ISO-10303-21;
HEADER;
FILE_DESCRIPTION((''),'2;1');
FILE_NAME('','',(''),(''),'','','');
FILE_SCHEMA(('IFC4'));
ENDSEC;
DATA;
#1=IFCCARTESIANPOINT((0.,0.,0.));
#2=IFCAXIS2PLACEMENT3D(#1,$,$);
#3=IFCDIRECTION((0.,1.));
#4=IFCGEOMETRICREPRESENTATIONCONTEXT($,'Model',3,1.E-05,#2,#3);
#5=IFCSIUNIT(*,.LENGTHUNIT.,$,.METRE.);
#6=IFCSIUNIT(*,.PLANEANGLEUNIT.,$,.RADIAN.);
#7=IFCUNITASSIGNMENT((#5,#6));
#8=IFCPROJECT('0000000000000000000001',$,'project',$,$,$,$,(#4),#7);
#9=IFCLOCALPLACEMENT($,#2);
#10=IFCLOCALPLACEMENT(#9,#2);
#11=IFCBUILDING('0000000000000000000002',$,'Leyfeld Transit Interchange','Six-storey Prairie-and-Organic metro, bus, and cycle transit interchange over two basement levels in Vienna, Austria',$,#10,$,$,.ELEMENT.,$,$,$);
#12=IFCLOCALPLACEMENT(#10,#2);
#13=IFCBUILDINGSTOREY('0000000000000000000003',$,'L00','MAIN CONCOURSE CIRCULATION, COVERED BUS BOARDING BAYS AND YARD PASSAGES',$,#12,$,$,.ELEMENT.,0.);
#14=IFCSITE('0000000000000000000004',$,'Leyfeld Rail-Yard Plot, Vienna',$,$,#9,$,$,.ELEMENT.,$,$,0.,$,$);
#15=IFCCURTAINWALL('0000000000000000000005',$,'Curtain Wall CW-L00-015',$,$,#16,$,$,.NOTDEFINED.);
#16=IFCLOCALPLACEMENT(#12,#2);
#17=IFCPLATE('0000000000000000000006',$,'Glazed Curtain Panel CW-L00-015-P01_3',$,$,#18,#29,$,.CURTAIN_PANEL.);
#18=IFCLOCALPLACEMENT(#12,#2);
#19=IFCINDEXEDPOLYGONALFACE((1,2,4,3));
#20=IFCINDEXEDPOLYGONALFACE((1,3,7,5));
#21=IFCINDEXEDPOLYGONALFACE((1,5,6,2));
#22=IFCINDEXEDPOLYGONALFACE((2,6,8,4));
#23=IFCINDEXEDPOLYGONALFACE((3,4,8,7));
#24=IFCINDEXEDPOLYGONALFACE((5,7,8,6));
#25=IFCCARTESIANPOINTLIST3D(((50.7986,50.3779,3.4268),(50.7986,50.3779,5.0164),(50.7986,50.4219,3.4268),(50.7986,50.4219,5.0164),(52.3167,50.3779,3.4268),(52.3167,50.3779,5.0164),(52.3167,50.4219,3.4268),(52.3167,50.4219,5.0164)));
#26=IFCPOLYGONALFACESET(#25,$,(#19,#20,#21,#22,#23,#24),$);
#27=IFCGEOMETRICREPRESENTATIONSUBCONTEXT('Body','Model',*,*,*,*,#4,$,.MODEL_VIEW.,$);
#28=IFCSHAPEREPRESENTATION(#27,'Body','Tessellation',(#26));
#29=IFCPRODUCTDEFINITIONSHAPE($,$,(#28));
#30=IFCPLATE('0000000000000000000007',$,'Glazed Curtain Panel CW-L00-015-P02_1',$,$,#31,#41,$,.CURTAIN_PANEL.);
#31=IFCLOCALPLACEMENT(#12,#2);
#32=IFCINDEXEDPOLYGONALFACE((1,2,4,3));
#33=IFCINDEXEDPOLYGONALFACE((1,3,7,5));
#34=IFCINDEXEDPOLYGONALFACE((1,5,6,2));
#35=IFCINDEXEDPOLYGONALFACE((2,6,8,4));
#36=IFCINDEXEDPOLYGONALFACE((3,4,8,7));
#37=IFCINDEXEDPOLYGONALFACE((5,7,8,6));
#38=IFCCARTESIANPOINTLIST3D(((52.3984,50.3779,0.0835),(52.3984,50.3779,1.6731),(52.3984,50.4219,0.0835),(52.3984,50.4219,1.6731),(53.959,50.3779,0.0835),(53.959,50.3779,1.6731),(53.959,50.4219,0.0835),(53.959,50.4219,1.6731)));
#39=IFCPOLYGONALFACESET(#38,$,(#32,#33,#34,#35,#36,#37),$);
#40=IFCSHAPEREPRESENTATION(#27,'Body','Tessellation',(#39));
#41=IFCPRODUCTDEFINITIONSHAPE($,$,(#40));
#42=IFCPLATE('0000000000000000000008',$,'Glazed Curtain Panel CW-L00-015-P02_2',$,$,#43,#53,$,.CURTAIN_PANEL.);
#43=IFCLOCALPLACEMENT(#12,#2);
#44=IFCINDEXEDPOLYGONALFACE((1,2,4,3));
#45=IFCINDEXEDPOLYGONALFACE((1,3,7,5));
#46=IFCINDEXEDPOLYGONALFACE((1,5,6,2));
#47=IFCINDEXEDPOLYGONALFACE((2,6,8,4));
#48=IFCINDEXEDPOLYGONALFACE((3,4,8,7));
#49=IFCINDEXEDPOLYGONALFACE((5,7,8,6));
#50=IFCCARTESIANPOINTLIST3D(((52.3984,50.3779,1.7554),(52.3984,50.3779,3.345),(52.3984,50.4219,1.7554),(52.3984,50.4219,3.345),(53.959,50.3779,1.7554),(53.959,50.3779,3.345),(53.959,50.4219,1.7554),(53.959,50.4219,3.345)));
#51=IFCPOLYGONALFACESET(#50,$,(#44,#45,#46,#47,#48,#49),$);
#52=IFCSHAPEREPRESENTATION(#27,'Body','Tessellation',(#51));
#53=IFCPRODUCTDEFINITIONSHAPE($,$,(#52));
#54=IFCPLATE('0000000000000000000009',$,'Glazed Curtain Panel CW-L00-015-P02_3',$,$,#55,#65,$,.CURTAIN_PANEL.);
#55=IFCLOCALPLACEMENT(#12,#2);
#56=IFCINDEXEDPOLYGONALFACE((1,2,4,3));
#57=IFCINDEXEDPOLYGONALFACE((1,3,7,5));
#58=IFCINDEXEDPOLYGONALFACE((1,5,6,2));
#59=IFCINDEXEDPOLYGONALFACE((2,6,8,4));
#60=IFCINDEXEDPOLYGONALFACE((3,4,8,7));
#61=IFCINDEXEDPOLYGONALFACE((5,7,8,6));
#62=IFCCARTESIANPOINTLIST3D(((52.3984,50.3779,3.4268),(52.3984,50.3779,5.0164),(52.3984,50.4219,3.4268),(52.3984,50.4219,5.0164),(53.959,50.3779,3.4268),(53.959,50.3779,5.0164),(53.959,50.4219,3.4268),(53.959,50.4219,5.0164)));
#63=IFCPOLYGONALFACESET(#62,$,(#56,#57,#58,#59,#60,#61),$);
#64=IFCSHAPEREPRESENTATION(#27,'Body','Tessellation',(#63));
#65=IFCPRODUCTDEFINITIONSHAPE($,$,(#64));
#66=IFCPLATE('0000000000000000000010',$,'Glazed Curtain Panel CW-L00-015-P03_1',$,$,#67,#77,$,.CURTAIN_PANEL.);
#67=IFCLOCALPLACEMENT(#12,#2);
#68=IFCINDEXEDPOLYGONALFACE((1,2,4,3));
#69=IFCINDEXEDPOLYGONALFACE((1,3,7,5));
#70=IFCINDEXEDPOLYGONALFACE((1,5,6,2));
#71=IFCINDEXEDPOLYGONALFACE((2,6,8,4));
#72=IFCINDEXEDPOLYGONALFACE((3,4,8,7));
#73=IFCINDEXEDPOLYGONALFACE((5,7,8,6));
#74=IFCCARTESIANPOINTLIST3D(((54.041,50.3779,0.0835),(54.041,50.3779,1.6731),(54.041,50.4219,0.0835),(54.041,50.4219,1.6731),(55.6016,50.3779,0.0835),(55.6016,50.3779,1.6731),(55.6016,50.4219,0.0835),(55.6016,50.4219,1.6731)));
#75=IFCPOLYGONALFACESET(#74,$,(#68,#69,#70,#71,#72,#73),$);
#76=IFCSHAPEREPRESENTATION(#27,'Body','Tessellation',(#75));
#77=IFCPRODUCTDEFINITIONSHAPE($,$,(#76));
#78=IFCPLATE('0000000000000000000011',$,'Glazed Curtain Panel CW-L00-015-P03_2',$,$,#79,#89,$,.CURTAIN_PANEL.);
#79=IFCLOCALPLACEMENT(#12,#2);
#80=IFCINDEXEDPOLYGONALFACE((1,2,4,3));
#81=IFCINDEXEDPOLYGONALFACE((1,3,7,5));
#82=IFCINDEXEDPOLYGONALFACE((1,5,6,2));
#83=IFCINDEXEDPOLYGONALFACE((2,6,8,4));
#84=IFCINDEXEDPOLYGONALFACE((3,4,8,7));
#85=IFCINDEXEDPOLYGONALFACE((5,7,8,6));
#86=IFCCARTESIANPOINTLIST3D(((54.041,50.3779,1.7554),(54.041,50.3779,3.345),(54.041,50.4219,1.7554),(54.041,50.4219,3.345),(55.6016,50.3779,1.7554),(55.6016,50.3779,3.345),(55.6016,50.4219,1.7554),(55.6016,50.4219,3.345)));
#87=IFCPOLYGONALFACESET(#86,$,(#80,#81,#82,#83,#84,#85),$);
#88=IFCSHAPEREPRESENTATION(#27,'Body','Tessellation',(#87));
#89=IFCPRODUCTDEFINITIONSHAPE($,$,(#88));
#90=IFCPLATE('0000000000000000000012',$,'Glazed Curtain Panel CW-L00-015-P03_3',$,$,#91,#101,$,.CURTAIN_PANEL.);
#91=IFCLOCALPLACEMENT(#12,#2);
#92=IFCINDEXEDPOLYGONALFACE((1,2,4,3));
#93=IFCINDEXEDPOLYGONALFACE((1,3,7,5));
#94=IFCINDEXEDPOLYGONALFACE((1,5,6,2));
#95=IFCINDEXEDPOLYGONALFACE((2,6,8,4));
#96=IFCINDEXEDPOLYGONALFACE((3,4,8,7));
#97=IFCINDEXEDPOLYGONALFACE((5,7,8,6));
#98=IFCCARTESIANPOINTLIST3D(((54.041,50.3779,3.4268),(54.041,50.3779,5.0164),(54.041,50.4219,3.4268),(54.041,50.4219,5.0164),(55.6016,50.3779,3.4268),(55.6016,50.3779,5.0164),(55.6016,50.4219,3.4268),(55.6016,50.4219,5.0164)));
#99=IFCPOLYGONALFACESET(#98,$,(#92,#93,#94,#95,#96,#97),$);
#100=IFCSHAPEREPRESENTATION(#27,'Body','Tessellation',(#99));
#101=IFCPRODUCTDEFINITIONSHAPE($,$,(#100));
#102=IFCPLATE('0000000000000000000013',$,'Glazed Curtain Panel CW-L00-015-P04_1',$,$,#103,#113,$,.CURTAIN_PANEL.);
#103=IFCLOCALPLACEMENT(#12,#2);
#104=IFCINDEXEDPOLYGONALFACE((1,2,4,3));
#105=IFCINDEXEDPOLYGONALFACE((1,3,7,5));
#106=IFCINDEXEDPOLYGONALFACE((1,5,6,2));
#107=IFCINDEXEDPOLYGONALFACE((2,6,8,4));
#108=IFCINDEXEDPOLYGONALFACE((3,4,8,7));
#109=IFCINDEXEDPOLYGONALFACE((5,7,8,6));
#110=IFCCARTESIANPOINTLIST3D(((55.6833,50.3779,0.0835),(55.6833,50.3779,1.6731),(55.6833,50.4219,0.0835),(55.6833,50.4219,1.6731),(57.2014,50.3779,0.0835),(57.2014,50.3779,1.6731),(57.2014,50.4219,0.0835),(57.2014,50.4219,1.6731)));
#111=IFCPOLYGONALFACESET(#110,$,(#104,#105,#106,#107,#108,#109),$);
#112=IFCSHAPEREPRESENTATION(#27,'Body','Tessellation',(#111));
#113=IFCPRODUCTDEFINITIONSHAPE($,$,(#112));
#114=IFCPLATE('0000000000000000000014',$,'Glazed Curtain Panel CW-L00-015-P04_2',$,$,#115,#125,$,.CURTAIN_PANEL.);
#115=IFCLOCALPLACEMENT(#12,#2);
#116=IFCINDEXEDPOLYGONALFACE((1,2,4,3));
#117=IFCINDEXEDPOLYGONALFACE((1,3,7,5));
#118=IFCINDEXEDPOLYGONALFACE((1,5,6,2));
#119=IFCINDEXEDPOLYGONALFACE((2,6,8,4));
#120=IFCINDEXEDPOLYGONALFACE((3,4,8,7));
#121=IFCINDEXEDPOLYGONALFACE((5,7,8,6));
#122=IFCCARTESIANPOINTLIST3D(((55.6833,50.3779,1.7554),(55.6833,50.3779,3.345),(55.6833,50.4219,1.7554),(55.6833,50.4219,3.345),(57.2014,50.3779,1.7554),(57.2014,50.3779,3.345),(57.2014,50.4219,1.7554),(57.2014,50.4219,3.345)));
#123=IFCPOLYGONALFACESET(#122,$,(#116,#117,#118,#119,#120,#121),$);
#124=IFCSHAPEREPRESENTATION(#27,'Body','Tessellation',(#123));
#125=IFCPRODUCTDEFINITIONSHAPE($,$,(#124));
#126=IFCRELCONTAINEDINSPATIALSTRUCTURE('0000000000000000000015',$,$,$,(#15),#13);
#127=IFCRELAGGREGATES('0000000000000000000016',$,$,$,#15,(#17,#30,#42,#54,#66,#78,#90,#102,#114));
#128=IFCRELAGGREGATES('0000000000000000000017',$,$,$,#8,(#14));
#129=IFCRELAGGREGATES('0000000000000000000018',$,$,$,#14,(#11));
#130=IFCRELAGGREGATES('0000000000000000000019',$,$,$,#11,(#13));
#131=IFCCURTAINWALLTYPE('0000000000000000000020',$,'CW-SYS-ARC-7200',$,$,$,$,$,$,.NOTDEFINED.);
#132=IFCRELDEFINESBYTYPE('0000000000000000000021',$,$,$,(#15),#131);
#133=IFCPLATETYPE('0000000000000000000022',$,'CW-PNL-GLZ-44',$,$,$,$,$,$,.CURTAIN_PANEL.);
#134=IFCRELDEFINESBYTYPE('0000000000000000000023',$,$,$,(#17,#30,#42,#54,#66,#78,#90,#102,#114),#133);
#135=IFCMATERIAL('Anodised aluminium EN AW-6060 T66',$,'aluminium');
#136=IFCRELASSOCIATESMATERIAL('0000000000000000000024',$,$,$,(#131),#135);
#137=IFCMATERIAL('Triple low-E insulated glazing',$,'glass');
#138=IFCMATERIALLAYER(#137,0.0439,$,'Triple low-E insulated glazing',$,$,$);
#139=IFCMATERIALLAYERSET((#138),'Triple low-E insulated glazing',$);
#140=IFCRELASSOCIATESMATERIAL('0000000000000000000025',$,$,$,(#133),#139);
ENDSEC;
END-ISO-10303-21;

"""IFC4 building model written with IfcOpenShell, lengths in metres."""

from ifc_helpers import new_model, si_unit, direction, frame, origin, origin_2d, place, context, subcontext, project, spatial, rectangle, extrude, material, layer, layer_set, type_object, element, aggregate, save


model = new_model("IFC4")

# Units and contexts
model_context = context("Model", 3, precision=1e-05, world=origin(), true_north=direction((0.0, 1.0)))
body_context = subcontext(model_context, "Body", "Model", "MODEL_VIEW")
ifc_project = project(units=[si_unit("LENGTHUNIT", "METRE"), si_unit("PLANEANGLEUNIT", "RADIAN")], contexts=[model_context])

# Site, building, storey
site_placement = place(None, origin())
site = spatial("IfcSite", under=ifc_project, at=site_placement, Name="Leyfeld Rail-Yard Plot, Vienna", CompositionType="ELEMENT", RefElevation=0.0)
building_placement = place(site_placement, origin())
building = spatial("IfcBuilding", under=site, at=building_placement, Name="Leyfeld Transit Interchange", Description="Six-storey Prairie-and-Organic metro, bus, and cycle transit interchange over two basement levels in Vienna, Austria", CompositionType="ELEMENT")
storey_placement = place(building_placement, origin())
storey = spatial("IfcBuildingStorey", under=building, at=storey_placement, Name="L00", Description="MAIN CONCOURSE CIRCULATION, COVERED BUS BOARDING BAYS AND YARD PASSAGES", CompositionType="ELEMENT", Elevation=0.0)

# Shared definitions
ifc_material_1 = material(Name="Anodised aluminium EN AW-6060 T66", Category="aluminium")
curtain_wall_type = type_object("IfcCurtainWallType", Name="CW-SYS-ARC-7200", PredefinedType="NOTDEFINED", material=ifc_material_1)

# Curtain wall
curtain_wall_1_placement = place(storey_placement, origin())
curtain_wall_1 = element("IfcCurtainWall", 1, at=curtain_wall_1_placement, inside=storey, type_object=curtain_wall_type, Name="Curtain Wall CW-L00-015", PredefinedType="NOTDEFINED")

# Plates
ifc_material_2 = material(Name="Triple low-E insulated glazing", Category="glass")
ifc_layer = layer(ifc_material_2, 0.0439, Name="Triple low-E insulated glazing")
ifc_layer_set = layer_set([ifc_layer], Name="Triple low-E insulated glazing")
plate_type = type_object("IfcPlateType", Name="CW-PNL-GLZ-44", PredefinedType="CURTAIN_PANEL", material=ifc_layer_set)
plate_1_placement = place(storey_placement, frame((51.5576, 50.3999, 3.4268), z_axis=(0.0, 0.0, 1.0), x_axis=(1.0, 0.0, 0.0)))
plate_1 = element("IfcPlate", 2, at=plate_1_placement, type_object=plate_type, Name="Glazed Curtain Panel CW-L00-015-P01_3", PredefinedType="CURTAIN_PANEL", context=body_context, shape_type="SweptSolid", body=[
    extrude(rectangle(XDim=1.5181, YDim=0.0439, at=origin_2d()), origin(), (0.0, 0.0, 1.0), 1.5896),
])
plate_2_placement = place(storey_placement, frame((53.1787, 50.3999, 0.0835), z_axis=(0.0, 0.0, 1.0), x_axis=(1.0, 0.0, 0.0)))
plate_2 = element("IfcPlate", 3, at=plate_2_placement, type_object=plate_type, Name="Glazed Curtain Panel CW-L00-015-P02_1", PredefinedType="CURTAIN_PANEL", context=body_context, shape_type="SweptSolid", body=[
    extrude(rectangle(XDim=1.5605, YDim=0.0439, at=origin_2d()), origin(), (0.0, 0.0, 1.0), 1.5896),
])
plate_3_placement = place(storey_placement, frame((53.1787, 50.3999, 1.7554), z_axis=(0.0, 0.0, 1.0), x_axis=(1.0, 0.0, 0.0)))
plate_3 = element("IfcPlate", 4, at=plate_3_placement, type_object=plate_type, Name="Glazed Curtain Panel CW-L00-015-P02_2", PredefinedType="CURTAIN_PANEL", context=body_context, shape_type="SweptSolid", body=[
    extrude(rectangle(XDim=1.5605, YDim=0.0439, at=origin_2d()), origin(), (0.0, 0.0, 1.0), 1.5896),
])
plate_4_placement = place(storey_placement, frame((53.1787, 50.3999, 3.4268), z_axis=(0.0, 0.0, 1.0), x_axis=(1.0, 0.0, 0.0)))
plate_4 = element("IfcPlate", 5, at=plate_4_placement, type_object=plate_type, Name="Glazed Curtain Panel CW-L00-015-P02_3", PredefinedType="CURTAIN_PANEL", context=body_context, shape_type="SweptSolid", body=[
    extrude(rectangle(XDim=1.5605, YDim=0.0439, at=origin_2d()), origin(), (0.0, 0.0, 1.0), 1.5896),
])
plate_5_placement = place(storey_placement, frame((54.8213, 50.3999, 0.0835), z_axis=(0.0, 0.0, 1.0), x_axis=(1.0, 0.0, 0.0)))
plate_5 = element("IfcPlate", 6, at=plate_5_placement, type_object=plate_type, Name="Glazed Curtain Panel CW-L00-015-P03_1", PredefinedType="CURTAIN_PANEL", context=body_context, shape_type="SweptSolid", body=[
    extrude(rectangle(XDim=1.5605, YDim=0.0439, at=origin_2d()), origin(), (0.0, 0.0, 1.0), 1.5896),
])
plate_6_placement = place(storey_placement, frame((54.8213, 50.3999, 1.7554), z_axis=(0.0, 0.0, 1.0), x_axis=(1.0, 0.0, 0.0)))
plate_6 = element("IfcPlate", 7, at=plate_6_placement, type_object=plate_type, Name="Glazed Curtain Panel CW-L00-015-P03_2", PredefinedType="CURTAIN_PANEL", context=body_context, shape_type="SweptSolid", body=[
    extrude(rectangle(XDim=1.5605, YDim=0.0439, at=origin_2d()), origin(), (0.0, 0.0, 1.0), 1.5896),
])
plate_7_placement = place(storey_placement, frame((54.8213, 50.3999, 3.4268), z_axis=(0.0, 0.0, 1.0), x_axis=(1.0, 0.0, 0.0)))
plate_7 = element("IfcPlate", 8, at=plate_7_placement, type_object=plate_type, Name="Glazed Curtain Panel CW-L00-015-P03_3", PredefinedType="CURTAIN_PANEL", context=body_context, shape_type="SweptSolid", body=[
    extrude(rectangle(XDim=1.5605, YDim=0.0439, at=origin_2d()), origin(), (0.0, 0.0, 1.0), 1.5896),
])
plate_8_placement = place(storey_placement, frame((56.4424, 50.3999, 0.0835), z_axis=(0.0, 0.0, 1.0), x_axis=(1.0, 0.0, 0.0)))
plate_8 = element("IfcPlate", 9, at=plate_8_placement, type_object=plate_type, Name="Glazed Curtain Panel CW-L00-015-P04_1", PredefinedType="CURTAIN_PANEL", context=body_context, shape_type="SweptSolid", body=[
    extrude(rectangle(XDim=1.5181, YDim=0.0439, at=origin_2d()), origin(), (0.0, 0.0, 1.0), 1.5896),
])
plate_9_placement = place(storey_placement, frame((56.4424, 50.3999, 1.7554), z_axis=(0.0, 0.0, 1.0), x_axis=(1.0, 0.0, 0.0)))
plate_9 = element("IfcPlate", 10, at=plate_9_placement, type_object=plate_type, Name="Glazed Curtain Panel CW-L00-015-P04_2", PredefinedType="CURTAIN_PANEL", context=body_context, shape_type="SweptSolid", body=[
    extrude(rectangle(XDim=1.5181, YDim=0.0439, at=origin_2d()), origin(), (0.0, 0.0, 1.0), 1.5896),
])
aggregate(curtain_wall_1, [plate_1, plate_2, plate_3, plate_4, plate_5, plate_6, plate_7, plate_8, plate_9])

save(model, "model.ifc")
